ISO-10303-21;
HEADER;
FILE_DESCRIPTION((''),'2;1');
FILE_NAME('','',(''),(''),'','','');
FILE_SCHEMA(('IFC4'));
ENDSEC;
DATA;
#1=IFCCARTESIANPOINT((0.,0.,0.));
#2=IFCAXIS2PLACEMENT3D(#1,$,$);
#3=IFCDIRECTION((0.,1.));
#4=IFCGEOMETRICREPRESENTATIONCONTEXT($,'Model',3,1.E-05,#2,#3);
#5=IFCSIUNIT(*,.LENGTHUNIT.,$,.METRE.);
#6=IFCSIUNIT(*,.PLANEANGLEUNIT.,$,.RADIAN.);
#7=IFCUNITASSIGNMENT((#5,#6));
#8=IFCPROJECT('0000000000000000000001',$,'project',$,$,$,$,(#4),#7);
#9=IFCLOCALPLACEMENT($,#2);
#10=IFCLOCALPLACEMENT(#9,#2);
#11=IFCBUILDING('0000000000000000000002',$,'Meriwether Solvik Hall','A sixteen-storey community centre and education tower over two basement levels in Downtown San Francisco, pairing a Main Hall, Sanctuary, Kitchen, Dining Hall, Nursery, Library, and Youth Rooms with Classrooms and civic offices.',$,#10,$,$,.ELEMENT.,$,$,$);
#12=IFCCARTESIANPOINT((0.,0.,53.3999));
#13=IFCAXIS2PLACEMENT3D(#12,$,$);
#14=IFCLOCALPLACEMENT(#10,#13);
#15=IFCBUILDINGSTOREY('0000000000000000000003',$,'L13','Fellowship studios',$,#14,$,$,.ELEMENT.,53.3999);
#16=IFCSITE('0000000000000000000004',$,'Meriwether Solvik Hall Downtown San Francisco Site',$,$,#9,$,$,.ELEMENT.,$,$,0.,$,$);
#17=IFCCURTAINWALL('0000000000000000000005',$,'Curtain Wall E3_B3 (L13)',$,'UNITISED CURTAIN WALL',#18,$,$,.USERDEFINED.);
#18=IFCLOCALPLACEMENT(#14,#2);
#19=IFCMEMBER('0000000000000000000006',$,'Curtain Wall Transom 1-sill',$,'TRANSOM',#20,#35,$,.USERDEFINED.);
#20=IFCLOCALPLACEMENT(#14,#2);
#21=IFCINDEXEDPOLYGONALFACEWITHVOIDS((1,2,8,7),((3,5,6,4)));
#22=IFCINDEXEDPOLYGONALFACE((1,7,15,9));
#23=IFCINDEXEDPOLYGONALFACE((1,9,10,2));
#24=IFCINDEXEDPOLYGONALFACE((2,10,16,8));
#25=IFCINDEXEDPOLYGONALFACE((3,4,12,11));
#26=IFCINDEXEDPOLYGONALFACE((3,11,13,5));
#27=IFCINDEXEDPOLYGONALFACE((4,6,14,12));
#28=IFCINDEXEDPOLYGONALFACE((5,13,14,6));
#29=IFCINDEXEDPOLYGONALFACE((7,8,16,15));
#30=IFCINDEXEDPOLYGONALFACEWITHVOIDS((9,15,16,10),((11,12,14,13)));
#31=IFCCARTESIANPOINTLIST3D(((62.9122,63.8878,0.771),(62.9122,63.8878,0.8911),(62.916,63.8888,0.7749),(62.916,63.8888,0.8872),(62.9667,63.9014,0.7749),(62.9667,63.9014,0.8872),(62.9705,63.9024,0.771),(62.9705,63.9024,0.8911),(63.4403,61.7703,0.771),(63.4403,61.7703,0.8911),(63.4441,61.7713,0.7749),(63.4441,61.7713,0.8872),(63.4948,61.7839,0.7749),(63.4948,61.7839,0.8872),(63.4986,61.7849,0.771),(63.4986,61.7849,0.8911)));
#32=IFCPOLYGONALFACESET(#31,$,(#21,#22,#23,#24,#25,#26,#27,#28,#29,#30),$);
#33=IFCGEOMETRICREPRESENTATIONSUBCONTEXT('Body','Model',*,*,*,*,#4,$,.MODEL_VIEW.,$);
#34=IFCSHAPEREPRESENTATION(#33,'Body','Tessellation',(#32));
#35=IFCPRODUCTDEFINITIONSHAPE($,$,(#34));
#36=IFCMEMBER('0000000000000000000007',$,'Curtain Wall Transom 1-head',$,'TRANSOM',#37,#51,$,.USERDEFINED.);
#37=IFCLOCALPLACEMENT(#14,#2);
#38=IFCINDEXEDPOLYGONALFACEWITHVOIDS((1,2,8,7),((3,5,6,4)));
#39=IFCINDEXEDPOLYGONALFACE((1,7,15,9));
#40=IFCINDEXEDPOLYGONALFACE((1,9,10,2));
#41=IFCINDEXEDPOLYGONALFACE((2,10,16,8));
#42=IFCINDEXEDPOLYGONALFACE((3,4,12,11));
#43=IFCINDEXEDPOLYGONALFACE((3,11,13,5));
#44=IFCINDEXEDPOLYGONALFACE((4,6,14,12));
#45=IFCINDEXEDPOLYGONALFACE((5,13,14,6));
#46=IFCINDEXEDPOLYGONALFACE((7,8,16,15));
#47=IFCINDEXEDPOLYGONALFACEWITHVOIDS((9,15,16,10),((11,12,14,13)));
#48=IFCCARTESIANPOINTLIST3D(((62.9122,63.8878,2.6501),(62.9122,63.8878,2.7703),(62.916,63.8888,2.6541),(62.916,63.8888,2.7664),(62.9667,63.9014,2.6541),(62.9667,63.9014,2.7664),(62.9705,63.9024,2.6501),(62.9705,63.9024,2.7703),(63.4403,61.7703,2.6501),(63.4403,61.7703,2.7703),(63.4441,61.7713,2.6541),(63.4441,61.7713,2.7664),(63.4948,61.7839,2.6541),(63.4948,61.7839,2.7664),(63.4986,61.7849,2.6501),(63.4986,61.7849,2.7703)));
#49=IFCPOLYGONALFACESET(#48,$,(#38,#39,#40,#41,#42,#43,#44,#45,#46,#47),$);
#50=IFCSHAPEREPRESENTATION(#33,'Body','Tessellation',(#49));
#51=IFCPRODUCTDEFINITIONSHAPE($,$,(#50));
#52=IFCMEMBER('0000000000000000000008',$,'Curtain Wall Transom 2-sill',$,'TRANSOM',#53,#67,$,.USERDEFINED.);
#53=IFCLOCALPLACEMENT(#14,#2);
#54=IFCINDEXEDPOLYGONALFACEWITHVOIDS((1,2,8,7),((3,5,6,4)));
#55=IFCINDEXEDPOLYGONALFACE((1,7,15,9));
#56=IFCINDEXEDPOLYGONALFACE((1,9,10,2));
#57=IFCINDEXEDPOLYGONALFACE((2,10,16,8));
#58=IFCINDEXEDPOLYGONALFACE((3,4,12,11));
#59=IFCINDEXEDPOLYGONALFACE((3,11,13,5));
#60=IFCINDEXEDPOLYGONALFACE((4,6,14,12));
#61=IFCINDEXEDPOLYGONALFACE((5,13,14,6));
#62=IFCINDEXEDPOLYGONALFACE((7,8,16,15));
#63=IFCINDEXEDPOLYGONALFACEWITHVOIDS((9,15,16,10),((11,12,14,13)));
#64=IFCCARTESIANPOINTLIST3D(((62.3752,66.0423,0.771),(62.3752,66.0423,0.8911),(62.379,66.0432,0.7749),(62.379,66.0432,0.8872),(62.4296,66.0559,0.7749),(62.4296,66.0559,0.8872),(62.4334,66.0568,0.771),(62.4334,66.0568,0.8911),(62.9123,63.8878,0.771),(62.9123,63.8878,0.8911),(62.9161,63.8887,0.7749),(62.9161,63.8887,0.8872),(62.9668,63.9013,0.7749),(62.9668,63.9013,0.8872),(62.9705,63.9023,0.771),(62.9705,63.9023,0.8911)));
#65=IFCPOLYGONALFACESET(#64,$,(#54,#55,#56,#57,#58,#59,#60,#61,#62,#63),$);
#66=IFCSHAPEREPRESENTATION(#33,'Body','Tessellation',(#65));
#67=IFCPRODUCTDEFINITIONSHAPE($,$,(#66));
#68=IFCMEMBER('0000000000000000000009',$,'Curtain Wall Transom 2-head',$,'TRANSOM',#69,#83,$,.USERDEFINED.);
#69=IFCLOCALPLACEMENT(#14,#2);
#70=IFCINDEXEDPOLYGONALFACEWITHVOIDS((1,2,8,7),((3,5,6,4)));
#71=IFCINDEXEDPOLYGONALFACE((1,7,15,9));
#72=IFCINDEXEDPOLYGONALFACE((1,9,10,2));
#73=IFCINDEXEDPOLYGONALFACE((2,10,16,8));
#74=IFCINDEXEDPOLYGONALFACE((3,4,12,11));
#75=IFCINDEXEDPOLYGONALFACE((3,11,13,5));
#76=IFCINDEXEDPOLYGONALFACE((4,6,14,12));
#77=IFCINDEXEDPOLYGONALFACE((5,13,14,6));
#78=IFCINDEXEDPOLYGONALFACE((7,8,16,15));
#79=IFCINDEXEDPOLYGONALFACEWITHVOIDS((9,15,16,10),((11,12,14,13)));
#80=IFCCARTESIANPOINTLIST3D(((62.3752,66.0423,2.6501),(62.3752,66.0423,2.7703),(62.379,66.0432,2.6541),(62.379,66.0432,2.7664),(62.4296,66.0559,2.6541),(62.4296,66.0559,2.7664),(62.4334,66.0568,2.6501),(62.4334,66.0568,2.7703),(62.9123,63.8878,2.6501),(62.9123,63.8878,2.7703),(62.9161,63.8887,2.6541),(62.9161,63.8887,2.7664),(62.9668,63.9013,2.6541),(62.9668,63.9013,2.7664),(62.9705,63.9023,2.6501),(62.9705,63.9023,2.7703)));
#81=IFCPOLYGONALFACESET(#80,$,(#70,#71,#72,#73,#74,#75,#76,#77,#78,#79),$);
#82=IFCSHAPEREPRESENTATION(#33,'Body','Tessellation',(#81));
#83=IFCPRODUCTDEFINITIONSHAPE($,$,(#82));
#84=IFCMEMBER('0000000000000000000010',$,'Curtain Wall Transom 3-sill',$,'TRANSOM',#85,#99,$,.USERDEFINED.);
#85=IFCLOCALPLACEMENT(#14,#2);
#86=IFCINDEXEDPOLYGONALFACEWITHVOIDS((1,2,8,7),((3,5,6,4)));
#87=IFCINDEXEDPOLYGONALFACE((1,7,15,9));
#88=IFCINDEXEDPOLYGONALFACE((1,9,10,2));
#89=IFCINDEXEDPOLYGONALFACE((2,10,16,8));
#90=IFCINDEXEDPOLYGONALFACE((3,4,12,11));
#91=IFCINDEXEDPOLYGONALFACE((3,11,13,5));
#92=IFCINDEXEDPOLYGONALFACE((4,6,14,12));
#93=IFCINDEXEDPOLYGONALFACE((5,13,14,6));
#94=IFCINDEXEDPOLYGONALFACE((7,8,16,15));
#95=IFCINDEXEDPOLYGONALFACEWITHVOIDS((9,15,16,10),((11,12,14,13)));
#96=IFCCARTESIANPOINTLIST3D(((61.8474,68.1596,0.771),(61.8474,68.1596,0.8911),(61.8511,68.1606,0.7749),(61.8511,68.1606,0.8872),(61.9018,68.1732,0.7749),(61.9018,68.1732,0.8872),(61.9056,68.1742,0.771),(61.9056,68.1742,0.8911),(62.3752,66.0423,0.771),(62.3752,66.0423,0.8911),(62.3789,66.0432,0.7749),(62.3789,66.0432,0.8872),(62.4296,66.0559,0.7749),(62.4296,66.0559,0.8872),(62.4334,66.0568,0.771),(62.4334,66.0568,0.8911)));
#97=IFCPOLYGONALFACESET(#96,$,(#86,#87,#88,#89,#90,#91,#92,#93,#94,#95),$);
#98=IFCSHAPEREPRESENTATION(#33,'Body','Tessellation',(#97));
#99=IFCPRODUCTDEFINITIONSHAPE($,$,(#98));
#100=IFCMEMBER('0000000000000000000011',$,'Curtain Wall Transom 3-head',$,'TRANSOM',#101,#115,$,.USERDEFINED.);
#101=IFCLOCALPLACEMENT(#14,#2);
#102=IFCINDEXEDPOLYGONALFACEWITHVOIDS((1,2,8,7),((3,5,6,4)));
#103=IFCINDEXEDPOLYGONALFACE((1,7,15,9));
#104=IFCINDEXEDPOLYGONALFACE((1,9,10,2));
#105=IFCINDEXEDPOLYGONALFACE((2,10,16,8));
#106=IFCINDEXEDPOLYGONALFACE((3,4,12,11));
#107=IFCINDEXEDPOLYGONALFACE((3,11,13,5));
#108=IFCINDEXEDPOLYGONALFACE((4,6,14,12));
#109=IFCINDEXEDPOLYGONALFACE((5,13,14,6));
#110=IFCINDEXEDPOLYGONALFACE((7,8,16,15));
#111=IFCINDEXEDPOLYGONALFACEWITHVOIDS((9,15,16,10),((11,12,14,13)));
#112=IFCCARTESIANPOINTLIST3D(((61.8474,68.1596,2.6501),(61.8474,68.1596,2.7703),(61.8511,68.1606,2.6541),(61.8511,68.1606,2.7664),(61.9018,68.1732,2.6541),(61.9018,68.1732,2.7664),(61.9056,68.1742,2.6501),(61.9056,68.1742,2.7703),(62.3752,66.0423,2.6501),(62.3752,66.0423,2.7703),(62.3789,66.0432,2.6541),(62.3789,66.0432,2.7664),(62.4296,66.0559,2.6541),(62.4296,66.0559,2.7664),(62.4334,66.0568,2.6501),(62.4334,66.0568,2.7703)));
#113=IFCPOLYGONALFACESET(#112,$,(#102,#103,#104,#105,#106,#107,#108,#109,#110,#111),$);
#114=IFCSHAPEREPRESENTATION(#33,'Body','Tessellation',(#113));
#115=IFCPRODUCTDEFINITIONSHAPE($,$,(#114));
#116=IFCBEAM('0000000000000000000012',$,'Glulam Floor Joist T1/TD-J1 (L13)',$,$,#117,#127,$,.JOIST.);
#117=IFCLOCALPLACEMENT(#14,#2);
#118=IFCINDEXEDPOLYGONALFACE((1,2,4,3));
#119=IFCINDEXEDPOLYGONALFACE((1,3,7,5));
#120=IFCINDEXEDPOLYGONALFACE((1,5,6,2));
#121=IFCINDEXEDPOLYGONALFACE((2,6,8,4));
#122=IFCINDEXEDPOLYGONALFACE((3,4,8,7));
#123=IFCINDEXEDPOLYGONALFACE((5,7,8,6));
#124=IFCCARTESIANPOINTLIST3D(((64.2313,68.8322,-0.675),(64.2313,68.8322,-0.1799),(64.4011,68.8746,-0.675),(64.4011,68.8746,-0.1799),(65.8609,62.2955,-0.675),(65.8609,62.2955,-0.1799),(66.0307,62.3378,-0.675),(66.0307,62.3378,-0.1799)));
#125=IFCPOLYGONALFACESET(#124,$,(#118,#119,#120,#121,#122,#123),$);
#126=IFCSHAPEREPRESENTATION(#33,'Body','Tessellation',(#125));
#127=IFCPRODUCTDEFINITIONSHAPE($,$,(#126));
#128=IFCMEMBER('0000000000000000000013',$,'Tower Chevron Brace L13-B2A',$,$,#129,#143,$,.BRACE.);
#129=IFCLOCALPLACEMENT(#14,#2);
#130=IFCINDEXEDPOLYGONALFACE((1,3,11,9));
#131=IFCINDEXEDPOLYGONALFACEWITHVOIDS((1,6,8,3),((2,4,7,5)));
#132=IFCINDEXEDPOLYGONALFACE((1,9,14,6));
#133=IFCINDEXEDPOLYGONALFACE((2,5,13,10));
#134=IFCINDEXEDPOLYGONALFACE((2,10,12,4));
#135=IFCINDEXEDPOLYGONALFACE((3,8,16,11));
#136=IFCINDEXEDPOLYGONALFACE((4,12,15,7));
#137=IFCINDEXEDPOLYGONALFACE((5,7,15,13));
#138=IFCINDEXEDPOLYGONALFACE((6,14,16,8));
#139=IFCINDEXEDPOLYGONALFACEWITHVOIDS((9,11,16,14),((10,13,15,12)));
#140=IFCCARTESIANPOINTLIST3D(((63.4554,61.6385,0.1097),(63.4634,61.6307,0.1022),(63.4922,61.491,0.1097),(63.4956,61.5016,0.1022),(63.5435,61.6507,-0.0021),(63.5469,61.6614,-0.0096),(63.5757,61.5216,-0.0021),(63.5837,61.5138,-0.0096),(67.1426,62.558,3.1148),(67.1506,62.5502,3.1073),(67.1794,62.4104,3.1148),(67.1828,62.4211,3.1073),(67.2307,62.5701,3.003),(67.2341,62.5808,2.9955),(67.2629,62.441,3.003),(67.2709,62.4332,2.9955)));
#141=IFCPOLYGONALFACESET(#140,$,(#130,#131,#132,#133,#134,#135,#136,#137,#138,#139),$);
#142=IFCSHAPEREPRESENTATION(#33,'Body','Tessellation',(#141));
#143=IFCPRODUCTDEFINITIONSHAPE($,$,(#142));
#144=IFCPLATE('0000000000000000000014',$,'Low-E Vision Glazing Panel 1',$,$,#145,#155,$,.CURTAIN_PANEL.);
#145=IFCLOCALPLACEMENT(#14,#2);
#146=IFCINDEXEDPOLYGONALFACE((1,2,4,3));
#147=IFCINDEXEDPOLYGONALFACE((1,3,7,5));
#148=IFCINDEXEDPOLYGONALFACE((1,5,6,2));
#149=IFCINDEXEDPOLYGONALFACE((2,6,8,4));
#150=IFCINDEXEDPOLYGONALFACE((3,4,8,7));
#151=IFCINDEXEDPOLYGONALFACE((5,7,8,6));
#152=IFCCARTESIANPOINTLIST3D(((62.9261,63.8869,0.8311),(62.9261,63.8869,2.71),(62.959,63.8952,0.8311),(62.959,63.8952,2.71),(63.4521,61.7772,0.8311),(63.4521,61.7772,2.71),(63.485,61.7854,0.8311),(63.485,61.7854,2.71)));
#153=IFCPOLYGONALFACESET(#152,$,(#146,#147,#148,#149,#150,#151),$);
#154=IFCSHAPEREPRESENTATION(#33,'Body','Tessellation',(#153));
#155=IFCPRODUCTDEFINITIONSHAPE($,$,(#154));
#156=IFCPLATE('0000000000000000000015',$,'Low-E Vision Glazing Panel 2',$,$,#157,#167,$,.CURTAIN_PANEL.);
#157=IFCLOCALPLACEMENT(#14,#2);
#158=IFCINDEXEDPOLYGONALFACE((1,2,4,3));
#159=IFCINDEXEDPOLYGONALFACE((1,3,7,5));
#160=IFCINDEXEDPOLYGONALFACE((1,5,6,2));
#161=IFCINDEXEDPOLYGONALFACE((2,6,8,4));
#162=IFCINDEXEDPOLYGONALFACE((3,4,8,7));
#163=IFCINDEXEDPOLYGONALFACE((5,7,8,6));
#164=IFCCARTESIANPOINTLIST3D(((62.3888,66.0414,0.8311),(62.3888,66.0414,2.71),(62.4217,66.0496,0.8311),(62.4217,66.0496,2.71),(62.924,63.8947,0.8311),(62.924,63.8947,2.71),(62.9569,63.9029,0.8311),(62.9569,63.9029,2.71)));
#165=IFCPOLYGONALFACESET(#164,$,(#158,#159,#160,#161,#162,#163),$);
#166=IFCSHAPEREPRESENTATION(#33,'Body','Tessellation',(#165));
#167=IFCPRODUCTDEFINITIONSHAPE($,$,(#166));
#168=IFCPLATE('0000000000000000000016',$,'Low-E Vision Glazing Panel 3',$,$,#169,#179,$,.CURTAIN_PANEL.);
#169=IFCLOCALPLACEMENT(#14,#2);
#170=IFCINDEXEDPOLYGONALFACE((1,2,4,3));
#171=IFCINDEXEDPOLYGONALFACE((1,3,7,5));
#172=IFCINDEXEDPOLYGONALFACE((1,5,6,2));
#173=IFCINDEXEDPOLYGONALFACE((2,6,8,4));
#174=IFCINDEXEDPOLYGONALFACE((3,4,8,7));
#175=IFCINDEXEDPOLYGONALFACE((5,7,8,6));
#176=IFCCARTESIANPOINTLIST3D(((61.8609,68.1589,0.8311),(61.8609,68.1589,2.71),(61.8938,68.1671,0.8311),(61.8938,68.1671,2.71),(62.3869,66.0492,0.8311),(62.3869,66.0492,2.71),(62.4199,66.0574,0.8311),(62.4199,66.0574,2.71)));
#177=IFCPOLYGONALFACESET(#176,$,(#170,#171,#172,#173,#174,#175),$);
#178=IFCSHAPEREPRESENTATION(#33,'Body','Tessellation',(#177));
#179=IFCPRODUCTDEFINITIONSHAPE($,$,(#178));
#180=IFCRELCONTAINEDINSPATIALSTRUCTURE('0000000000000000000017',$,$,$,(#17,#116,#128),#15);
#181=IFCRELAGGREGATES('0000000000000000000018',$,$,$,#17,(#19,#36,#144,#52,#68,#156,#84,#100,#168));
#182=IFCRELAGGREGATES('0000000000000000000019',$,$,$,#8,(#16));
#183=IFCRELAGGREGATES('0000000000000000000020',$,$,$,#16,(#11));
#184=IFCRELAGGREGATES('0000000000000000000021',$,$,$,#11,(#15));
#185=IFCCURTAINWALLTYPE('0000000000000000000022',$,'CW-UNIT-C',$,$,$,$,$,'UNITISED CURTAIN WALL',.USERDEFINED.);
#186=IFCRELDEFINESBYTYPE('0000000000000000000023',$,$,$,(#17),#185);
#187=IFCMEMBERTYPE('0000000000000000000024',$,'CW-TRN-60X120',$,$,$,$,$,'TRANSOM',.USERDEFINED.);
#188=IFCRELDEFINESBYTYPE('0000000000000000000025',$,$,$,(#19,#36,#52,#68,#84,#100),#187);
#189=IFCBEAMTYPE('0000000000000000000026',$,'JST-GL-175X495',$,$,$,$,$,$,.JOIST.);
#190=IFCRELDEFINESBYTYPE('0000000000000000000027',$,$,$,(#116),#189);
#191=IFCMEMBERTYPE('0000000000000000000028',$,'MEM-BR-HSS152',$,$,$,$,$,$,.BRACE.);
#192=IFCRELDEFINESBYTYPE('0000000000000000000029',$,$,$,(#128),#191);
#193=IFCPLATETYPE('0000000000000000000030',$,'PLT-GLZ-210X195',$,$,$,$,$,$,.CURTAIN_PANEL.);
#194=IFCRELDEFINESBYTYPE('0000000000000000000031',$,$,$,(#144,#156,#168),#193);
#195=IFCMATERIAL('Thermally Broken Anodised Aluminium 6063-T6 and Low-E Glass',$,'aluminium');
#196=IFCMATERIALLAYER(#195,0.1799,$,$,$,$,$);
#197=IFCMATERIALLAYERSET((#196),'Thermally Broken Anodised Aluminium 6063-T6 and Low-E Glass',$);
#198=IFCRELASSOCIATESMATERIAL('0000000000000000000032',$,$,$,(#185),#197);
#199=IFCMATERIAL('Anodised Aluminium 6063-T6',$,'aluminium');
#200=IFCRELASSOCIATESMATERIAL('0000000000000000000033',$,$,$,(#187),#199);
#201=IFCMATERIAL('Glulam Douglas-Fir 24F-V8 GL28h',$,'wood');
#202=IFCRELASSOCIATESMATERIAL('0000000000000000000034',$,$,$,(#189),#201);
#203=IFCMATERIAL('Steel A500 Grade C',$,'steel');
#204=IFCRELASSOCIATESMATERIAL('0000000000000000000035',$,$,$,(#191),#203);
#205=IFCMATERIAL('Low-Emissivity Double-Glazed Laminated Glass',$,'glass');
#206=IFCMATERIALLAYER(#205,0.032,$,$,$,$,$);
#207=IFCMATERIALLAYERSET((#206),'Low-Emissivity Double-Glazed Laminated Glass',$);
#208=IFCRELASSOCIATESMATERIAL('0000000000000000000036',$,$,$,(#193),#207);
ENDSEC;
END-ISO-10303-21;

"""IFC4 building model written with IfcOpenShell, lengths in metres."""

from ifc_helpers import new_model, si_unit, direction, frame, origin, origin_2d, place, context, subcontext, project, spatial, rectangle, hollow_rectangle, extrude, material, layer, layer_set, material_profile, profile_set, type_object, element, aggregate, save


model = new_model("IFC4")

# Units and contexts
model_context = context("Model", 3, precision=1e-05, world=origin(), true_north=direction((0.0, 1.0)))
body_context = subcontext(model_context, "Body", "Model", "MODEL_VIEW")
ifc_project = project(units=[si_unit("LENGTHUNIT", "METRE"), si_unit("PLANEANGLEUNIT", "RADIAN")], contexts=[model_context])

# Site, building, storey
site_placement = place(None, origin())
site = spatial("IfcSite", under=ifc_project, at=site_placement, Name="Meriwether Solvik Hall Downtown San Francisco Site", CompositionType="ELEMENT", RefElevation=0.0)
building_placement = place(site_placement, origin())
building = spatial("IfcBuilding", under=site, at=building_placement, Name="Meriwether Solvik Hall", Description="A sixteen-storey community centre and education tower over two basement levels in Downtown San Francisco, pairing a Main Hall, Sanctuary, Kitchen, Dining Hall, Nursery, Library, and Youth Rooms with Classrooms and civic offices.", CompositionType="ELEMENT")
storey_placement = place(building_placement, frame((0.0, 0.0, 53.3999)))
storey = spatial("IfcBuildingStorey", under=building, at=storey_placement, Name="L13", Description="Fellowship studios", CompositionType="ELEMENT", Elevation=53.3999)

# Curtain wall
ifc_material_1 = material(Name="Thermally Broken Anodised Aluminium 6063-T6 and Low-E Glass", Category="aluminium")
ifc_layer_1 = layer(ifc_material_1, 0.1799)
ifc_layer_set_1 = layer_set([ifc_layer_1], Name="Thermally Broken Anodised Aluminium 6063-T6 and Low-E Glass")
curtain_wall_type_1 = type_object("IfcCurtainWallType", Name="CW-UNIT-C", ElementType="UNITISED CURTAIN WALL", PredefinedType="USERDEFINED", material=ifc_layer_set_1)
curtain_wall_1_placement = place(storey_placement, origin())
curtain_wall_1 = element("IfcCurtainWall", 1, at=curtain_wall_1_placement, inside=storey, type_object=curtain_wall_type_1, Name="Curtain Wall E3_B3 (L13)", ObjectType="UNITISED CURTAIN WALL", PredefinedType="USERDEFINED")

# Members
ifc_material_2 = material(Name="Anodised Aluminium 6063-T6", Category="aluminium")
ifc_material_profile_1 = material_profile(ifc_material_2, hollow_rectangle(XDim=0.0601, YDim=0.1201, WallThickness=0.0039, at=origin_2d()), Name="CWT-60X120")
ifc_profile_set_1 = profile_set([ifc_material_profile_1], Name="Anodised Aluminium 6063-T6")
member_type_1 = type_object("IfcMemberType", Name="CW-TRN-60X120", ElementType="TRANSOM", PredefinedType="USERDEFINED", material=ifc_profile_set_1)
member_1_placement = place(storey_placement, frame((63.4695, 61.7776, 0.8311), z_axis=(-0.241983, 0.970281, 0.0), x_axis=(-0.970281, -0.241983, 0.0)))
member_1 = element("IfcMember", 2, at=member_1_placement, type_object=member_type_1, Name="Curtain Wall Transom 1-sill", ObjectType="TRANSOM", PredefinedType="USERDEFINED", context=body_context, shape_type="SweptSolid", body=[
    extrude(hollow_rectangle(XDim=0.0601, YDim=0.1201, WallThickness=0.0039, at=origin_2d()), origin(), (0.0, 0.0, 1.0), 2.1824),
])
member_2_placement = place(storey_placement, frame((63.4695, 61.7776, 2.7102), z_axis=(-0.241983, 0.970281, 0.0), x_axis=(-0.970281, -0.241983, 0.0)))
member_2 = element("IfcMember", 3, at=member_2_placement, type_object=member_type_1, Name="Curtain Wall Transom 1-head", ObjectType="TRANSOM", PredefinedType="USERDEFINED", context=body_context, shape_type="SweptSolid", body=[
    extrude(hollow_rectangle(XDim=0.0601, YDim=0.1201, WallThickness=0.0039, at=origin_2d()), origin(), (0.0, 0.0, 1.0), 2.1824),
])
member_3_placement = place(storey_placement, frame((62.9414, 63.895, 0.8311), z_axis=(-0.241889, 0.970304, 0.0), x_axis=(-0.970304, -0.241889, 0.0)))
member_3 = element("IfcMember", 4, at=member_3_placement, type_object=member_type_1, Name="Curtain Wall Transom 2-sill", ObjectType="TRANSOM", PredefinedType="USERDEFINED", context=body_context, shape_type="SweptSolid", body=[
    extrude(hollow_rectangle(XDim=0.0601, YDim=0.1201, WallThickness=0.0039, at=origin_2d()), origin(), (0.0, 0.0, 1.0), 2.2205),
])
member_4_placement = place(storey_placement, frame((62.9414, 63.895, 2.7102), z_axis=(-0.241889, 0.970304, 0.0), x_axis=(-0.970304, -0.241889, 0.0)))
member_4 = element("IfcMember", 5, at=member_4_placement, type_object=member_type_1, Name="Curtain Wall Transom 2-head", ObjectType="TRANSOM", PredefinedType="USERDEFINED", context=body_context, shape_type="SweptSolid", body=[
    extrude(hollow_rectangle(XDim=0.0601, YDim=0.1201, WallThickness=0.0039, at=origin_2d()), origin(), (0.0, 0.0, 1.0), 2.2205),
])
member_5_placement = place(storey_placement, frame((62.4043, 66.0496, 0.8311), z_axis=(-0.241877, 0.970307, 0.0), x_axis=(-0.970307, -0.241877, 0.0)))
member_5 = element("IfcMember", 6, at=member_5_placement, type_object=member_type_1, Name="Curtain Wall Transom 3-sill", ObjectType="TRANSOM", PredefinedType="USERDEFINED", context=body_context, shape_type="SweptSolid", body=[
    extrude(hollow_rectangle(XDim=0.0601, YDim=0.1201, WallThickness=0.0039, at=origin_2d()), origin(), (0.0, 0.0, 1.0), 2.1821),
])
member_6_placement = place(storey_placement, frame((62.4043, 66.0496, 2.7102), z_axis=(-0.241877, 0.970307, 0.0), x_axis=(-0.970307, -0.241877, 0.0)))
member_6 = element("IfcMember", 7, at=member_6_placement, type_object=member_type_1, Name="Curtain Wall Transom 3-head", ObjectType="TRANSOM", PredefinedType="USERDEFINED", context=body_context, shape_type="SweptSolid", body=[
    extrude(hollow_rectangle(XDim=0.0601, YDim=0.1201, WallThickness=0.0039, at=origin_2d()), origin(), (0.0, 0.0, 1.0), 2.1821),
])

# Beam
ifc_material_3 = material(Name="Glulam Douglas-Fir 24F-V8 GL28h", Category="wood")
ifc_material_profile_2 = material_profile(ifc_material_3, rectangle(XDim=0.175, YDim=0.4951, at=origin_2d()), Name="GLJ-175X495")
ifc_profile_set_2 = profile_set([ifc_material_profile_2], Name="Glulam Douglas-Fir 24F-V8 GL28h")
beam_type_1 = type_object("IfcBeamType", Name="JST-GL-175X495", PredefinedType="JOIST", material=ifc_profile_set_2)
beam_1_placement = place(storey_placement, frame((65.9458, 62.3167, -0.4275), z_axis=(-0.241896, 0.970302, 0.0), x_axis=(-0.970302, -0.241896, 0.0)))
element("IfcBeam", 8, at=beam_1_placement, inside=storey, type_object=beam_type_1, Name="Glulam Floor Joist T1/TD-J1 (L13)", PredefinedType="JOIST", context=body_context, shape_type="SweptSolid", body=[
    extrude(rectangle(XDim=0.175, YDim=0.4951, at=origin_2d()), origin(), (0.0, 0.0, 1.0), 6.7368),
])

# Member
ifc_material_4 = material(Name="Steel A500 Grade C", Category="steel")
ifc_material_profile_3 = material_profile(ifc_material_4, hollow_rectangle(XDim=0.1521, YDim=0.1521, WallThickness=0.0095, at=origin_2d()), Name="HSS152X152X9.5")
ifc_profile_set_3 = profile_set([ifc_material_profile_3], Name="Steel A500 Grade C")
member_type_2 = type_object("IfcMemberType", Name="MEM-BR-HSS152", PredefinedType="BRACE", material=ifc_profile_set_3)
member_7_placement = place(storey_placement, frame((63.5195, 61.5762, 0.05), z_axis=(0.761076, 0.189778, 0.62028), x_axis=(-0.241946, 0.97029, 0.0)))
element("IfcMember", 9, at=member_7_placement, inside=storey, type_object=member_type_2, Name="Tower Chevron Brace L13-B2A", PredefinedType="BRACE", context=body_context, shape_type="SweptSolid", body=[
    extrude(hollow_rectangle(XDim=0.1521, YDim=0.1521, WallThickness=0.0095, at=origin_2d()), origin(), (0.0, 0.0, 1.0), 4.8447),
])

# Plates
ifc_material_5 = material(Name="Low-Emissivity Double-Glazed Laminated Glass", Category="glass")
ifc_layer_2 = layer(ifc_material_5, 0.032)
ifc_layer_set_2 = layer_set([ifc_layer_2], Name="Low-Emissivity Double-Glazed Laminated Glass")
plate_type_1 = type_object("IfcPlateType", Name="PLT-GLZ-210X195", PredefinedType="CURTAIN_PANEL", material=ifc_layer_set_2)
plate_1_placement = place(storey_placement, frame((63.2056, 62.8362, 0.8311), z_axis=(0.0, 0.0, 1.0), x_axis=(-0.241922, 0.970296, 0.0)))
plate_1 = element("IfcPlate", 10, at=plate_1_placement, type_object=plate_type_1, Name="Low-E Vision Glazing Panel 1", PredefinedType="CURTAIN_PANEL", context=body_context, shape_type="SweptSolid", body=[
    extrude(rectangle(XDim=2.1743, YDim=0.0339, at=origin_2d()), origin(), (0.0, 0.0, 1.0), 1.8789),
])
plate_2_placement = place(storey_placement, frame((62.6729, 64.9722, 0.8311), z_axis=(0.0, 0.0, 1.0), x_axis=(-0.241922, 0.970296, 0.0)))
plate_2 = element("IfcPlate", 11, at=plate_2_placement, type_object=plate_type_1, Name="Low-E Vision Glazing Panel 2", PredefinedType="CURTAIN_PANEL", context=body_context, shape_type="SweptSolid", body=[
    extrude(rectangle(XDim=2.2124, YDim=0.0339, at=origin_2d()), origin(), (0.0, 0.0, 1.0), 1.8789),
])
plate_3_placement = place(storey_placement, frame((62.1404, 67.1082, 0.8311), z_axis=(0.0, 0.0, 1.0), x_axis=(-0.241922, 0.970296, 0.0)))
plate_3 = element("IfcPlate", 12, at=plate_3_placement, type_object=plate_type_1, Name="Low-E Vision Glazing Panel 3", PredefinedType="CURTAIN_PANEL", context=body_context, shape_type="SweptSolid", body=[
    extrude(rectangle(XDim=2.1743, YDim=0.0339, at=origin_2d()), origin(), (0.0, 0.0, 1.0), 1.8789),
])
aggregate(curtain_wall_1, [member_1, member_2, plate_1, member_3, member_4, plate_2, member_5, member_6, plate_3])

save(model, "model.ifc")
